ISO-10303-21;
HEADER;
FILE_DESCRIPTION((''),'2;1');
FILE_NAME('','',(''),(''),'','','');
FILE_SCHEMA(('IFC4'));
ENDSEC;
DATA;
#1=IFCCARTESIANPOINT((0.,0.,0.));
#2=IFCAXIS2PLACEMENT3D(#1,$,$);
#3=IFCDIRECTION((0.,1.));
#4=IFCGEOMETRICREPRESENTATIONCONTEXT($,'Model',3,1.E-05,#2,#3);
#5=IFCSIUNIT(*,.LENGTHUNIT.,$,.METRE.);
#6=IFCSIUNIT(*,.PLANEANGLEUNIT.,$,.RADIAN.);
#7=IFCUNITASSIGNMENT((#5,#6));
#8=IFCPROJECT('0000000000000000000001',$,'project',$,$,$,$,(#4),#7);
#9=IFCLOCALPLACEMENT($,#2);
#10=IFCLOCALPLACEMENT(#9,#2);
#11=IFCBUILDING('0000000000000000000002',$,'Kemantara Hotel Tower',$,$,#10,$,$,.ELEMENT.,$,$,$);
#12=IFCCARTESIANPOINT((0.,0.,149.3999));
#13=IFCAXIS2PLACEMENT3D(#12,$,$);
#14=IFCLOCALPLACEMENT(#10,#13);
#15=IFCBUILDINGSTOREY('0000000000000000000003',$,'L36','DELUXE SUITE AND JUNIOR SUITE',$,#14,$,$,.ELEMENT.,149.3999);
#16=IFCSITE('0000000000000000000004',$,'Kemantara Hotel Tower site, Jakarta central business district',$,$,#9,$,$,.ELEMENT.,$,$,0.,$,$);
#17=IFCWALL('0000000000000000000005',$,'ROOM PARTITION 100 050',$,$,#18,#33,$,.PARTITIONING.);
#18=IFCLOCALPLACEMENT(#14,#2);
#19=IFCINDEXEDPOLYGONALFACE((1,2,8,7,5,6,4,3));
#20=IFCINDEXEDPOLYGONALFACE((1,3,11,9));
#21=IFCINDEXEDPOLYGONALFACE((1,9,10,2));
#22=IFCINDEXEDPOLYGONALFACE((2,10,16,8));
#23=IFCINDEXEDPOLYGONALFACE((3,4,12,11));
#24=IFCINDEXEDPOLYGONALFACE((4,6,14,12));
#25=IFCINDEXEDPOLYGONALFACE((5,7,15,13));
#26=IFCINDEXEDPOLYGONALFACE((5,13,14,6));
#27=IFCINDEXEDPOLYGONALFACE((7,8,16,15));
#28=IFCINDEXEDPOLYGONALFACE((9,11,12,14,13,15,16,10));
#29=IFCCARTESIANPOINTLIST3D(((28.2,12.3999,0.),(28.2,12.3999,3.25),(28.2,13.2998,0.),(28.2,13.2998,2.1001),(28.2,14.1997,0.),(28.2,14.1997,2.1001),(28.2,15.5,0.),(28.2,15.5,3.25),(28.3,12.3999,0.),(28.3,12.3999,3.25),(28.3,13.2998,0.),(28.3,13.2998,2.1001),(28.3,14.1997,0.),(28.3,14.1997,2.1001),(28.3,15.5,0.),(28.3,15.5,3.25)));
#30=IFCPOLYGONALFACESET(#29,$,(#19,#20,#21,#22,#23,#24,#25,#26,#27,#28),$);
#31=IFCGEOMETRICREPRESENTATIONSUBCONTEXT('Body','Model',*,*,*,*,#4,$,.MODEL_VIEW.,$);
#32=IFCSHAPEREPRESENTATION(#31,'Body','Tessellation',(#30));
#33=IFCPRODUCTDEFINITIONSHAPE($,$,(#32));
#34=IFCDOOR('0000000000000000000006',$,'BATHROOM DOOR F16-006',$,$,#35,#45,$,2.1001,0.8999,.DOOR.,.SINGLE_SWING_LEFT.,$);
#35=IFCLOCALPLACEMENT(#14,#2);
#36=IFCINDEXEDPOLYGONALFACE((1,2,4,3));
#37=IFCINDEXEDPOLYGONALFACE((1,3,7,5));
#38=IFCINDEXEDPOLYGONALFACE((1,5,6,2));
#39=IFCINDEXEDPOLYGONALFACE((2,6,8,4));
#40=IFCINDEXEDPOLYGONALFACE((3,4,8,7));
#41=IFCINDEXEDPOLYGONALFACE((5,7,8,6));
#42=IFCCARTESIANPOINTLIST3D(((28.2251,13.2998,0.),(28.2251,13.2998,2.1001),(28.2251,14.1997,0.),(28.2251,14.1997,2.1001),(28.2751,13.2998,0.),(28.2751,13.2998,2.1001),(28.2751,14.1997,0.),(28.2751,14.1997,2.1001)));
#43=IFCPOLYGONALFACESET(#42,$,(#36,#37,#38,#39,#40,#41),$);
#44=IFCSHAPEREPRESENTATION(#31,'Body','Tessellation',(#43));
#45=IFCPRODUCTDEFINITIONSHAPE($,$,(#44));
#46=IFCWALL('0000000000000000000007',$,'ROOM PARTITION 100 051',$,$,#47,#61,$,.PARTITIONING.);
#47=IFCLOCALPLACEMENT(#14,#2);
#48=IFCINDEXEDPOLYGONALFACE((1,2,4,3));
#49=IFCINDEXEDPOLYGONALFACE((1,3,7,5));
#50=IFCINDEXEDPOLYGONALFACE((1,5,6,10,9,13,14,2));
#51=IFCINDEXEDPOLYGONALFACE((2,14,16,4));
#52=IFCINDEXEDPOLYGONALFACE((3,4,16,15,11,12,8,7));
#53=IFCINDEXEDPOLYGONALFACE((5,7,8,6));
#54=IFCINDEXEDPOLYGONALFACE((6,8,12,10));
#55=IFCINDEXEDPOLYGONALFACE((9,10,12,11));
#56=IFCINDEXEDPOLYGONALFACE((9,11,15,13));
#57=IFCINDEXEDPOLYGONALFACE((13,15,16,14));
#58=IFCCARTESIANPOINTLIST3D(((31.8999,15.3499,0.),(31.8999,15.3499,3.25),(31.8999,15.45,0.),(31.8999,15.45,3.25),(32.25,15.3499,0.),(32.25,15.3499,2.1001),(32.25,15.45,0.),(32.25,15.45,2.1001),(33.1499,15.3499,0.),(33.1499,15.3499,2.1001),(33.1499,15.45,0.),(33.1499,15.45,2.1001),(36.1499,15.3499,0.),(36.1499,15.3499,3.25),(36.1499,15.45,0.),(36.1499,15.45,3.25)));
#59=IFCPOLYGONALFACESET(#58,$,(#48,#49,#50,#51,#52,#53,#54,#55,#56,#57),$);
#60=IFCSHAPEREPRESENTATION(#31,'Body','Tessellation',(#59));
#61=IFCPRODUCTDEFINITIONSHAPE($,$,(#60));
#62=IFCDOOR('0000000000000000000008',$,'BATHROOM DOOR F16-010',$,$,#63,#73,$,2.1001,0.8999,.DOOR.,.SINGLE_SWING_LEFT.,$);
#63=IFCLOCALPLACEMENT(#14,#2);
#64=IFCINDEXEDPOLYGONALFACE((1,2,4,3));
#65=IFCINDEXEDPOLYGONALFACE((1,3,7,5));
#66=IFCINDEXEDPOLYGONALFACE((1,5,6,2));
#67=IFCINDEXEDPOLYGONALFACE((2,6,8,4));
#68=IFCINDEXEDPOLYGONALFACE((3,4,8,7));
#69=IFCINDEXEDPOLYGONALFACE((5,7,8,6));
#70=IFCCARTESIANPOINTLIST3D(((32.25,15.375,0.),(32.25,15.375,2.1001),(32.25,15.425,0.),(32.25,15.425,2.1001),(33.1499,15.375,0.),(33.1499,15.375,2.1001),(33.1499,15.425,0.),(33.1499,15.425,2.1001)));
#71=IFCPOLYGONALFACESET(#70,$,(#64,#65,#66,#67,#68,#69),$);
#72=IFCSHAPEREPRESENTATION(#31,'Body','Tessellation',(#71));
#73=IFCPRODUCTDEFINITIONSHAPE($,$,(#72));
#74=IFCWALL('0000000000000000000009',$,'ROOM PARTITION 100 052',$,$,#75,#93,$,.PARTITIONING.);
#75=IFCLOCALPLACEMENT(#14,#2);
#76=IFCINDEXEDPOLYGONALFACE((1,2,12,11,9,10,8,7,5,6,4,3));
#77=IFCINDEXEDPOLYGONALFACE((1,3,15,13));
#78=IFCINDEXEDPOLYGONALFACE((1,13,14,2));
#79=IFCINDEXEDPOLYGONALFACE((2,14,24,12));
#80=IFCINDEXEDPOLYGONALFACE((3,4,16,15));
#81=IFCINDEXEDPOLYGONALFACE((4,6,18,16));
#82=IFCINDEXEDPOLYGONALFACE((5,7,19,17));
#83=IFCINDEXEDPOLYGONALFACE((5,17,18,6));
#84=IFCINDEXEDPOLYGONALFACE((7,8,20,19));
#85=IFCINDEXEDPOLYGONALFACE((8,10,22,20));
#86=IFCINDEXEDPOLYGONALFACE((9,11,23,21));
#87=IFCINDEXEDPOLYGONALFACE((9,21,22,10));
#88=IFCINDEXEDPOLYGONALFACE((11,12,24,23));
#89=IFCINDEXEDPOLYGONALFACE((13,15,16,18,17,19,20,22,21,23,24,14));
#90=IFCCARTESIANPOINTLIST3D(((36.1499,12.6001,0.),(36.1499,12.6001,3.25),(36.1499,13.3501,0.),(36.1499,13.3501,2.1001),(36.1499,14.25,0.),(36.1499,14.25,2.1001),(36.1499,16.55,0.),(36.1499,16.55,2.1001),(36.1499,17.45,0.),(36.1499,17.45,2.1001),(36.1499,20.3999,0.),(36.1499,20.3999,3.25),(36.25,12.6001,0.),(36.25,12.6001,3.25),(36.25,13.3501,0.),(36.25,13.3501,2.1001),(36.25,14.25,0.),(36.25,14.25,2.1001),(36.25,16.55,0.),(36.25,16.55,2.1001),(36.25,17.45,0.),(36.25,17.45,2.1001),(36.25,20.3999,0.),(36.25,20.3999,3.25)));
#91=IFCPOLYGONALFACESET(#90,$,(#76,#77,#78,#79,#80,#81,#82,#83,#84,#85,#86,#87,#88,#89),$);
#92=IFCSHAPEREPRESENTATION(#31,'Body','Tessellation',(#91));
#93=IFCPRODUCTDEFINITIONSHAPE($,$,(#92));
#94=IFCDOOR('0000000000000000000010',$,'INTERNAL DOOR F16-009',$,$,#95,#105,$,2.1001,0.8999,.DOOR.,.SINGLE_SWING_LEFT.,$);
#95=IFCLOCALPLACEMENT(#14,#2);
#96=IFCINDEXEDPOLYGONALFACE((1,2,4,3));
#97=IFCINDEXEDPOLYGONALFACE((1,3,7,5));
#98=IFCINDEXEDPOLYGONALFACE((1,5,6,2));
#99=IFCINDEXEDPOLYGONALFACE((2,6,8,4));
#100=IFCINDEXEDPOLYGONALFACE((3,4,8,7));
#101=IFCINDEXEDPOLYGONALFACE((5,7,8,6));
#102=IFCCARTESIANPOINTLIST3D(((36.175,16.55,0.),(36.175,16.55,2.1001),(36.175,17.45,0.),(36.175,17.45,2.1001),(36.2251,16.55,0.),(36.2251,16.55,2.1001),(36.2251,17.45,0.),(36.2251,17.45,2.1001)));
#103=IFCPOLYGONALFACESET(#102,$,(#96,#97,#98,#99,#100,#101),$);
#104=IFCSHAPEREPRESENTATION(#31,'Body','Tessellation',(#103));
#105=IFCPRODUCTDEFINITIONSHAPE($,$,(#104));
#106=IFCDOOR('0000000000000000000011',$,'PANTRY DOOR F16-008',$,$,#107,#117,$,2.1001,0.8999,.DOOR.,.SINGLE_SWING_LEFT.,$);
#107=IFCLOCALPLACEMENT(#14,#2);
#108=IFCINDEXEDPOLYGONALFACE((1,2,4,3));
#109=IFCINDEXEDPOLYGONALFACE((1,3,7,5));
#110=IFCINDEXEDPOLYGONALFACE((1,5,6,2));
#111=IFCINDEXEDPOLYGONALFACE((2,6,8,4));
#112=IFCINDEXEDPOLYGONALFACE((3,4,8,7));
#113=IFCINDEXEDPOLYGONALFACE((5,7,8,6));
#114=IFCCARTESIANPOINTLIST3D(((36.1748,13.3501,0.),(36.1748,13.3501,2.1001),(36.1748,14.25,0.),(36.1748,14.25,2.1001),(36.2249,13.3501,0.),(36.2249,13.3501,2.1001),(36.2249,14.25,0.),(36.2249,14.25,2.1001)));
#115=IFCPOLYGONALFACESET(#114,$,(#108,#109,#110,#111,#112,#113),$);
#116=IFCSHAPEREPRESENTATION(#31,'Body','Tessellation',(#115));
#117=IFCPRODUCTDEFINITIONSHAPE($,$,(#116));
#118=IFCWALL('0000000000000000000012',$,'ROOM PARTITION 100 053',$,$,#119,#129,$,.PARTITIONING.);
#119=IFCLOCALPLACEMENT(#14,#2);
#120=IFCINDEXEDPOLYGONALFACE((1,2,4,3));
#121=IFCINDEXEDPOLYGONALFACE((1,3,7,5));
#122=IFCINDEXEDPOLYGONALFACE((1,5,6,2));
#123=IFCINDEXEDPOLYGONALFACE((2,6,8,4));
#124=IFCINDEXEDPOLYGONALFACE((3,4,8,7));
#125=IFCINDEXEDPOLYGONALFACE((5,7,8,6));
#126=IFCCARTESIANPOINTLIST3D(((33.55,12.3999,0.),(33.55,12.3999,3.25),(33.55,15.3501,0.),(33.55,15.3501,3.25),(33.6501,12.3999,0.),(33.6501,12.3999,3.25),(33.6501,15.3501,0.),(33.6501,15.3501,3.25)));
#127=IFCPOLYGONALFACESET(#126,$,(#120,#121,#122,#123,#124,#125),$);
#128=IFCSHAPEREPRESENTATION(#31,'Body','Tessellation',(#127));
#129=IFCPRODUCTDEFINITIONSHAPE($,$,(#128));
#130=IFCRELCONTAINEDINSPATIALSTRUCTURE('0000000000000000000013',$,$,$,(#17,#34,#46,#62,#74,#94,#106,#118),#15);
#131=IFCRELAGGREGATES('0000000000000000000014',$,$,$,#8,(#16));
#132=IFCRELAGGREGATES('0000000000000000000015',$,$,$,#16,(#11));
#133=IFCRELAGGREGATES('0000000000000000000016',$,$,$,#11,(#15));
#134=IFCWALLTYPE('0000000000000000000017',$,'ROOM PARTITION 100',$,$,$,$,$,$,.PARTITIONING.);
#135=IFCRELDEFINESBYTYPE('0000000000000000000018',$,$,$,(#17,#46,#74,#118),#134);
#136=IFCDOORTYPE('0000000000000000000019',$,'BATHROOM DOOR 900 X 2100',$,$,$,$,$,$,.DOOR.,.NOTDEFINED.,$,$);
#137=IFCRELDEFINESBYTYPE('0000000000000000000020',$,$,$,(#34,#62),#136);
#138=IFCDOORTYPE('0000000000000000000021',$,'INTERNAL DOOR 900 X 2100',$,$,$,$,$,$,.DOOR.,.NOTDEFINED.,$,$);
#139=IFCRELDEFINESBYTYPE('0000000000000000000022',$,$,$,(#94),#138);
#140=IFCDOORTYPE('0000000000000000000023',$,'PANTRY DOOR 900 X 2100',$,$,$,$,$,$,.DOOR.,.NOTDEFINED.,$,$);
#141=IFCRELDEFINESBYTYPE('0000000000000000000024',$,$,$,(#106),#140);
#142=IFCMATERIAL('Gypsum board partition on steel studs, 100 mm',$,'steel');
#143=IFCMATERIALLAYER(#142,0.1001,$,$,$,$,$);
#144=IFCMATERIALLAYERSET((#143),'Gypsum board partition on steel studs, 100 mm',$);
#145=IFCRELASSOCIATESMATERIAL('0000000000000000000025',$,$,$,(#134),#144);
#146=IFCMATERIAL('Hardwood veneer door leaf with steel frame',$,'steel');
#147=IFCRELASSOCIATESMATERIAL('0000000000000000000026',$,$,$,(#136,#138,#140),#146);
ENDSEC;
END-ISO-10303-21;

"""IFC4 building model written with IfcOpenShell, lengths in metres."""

from ifc_helpers import new_model, si_unit, direction, frame, frame_2d, origin, place, context, subcontext, project, spatial, rectangle, extrude, material, layer, layer_set, type_object, element, fill, save


model = new_model("IFC4")

# Units and contexts
model_context = context("Model", 3, precision=1e-05, world=origin(), true_north=direction((0.0, 1.0)))
body_context = subcontext(model_context, "Body", "Model", "MODEL_VIEW")
ifc_project = project(units=[si_unit("LENGTHUNIT", "METRE"), si_unit("PLANEANGLEUNIT", "RADIAN")], contexts=[model_context])

# Site, building, storey
site_placement = place(None, origin())
site = spatial("IfcSite", under=ifc_project, at=site_placement, Name="Kemantara Hotel Tower site, Jakarta central business district", CompositionType="ELEMENT", RefElevation=0.0)
building_placement = place(site_placement, origin())
building = spatial("IfcBuilding", under=site, at=building_placement, Name="Kemantara Hotel Tower", CompositionType="ELEMENT")
storey_placement = place(building_placement, frame((0.0, 0.0, 149.3999)))
storey = spatial("IfcBuildingStorey", under=building, at=storey_placement, Name="L36", Description="DELUXE SUITE AND JUNIOR SUITE", CompositionType="ELEMENT", Elevation=149.3999)

# Shared definitions
ifc_material_1 = material(Name="Hardwood veneer door leaf with steel frame", Category="steel")

# Shared definitions
ifc_material_2 = material(Name="Gypsum board partition on steel studs, 100 mm", Category="steel")
ifc_layer_1 = layer(ifc_material_2, 0.1001)
ifc_layer_set_1 = layer_set([ifc_layer_1], Name="Gypsum board partition on steel studs, 100 mm")
wall_type_1 = type_object("IfcWallType", Name="ROOM PARTITION 100", PredefinedType="PARTITIONING", material=ifc_layer_set_1)

# Walls, openings, doors
wall_1_placement = place(storey_placement, frame((28.25, 12.3999, 0.0), z_axis=(0.0, 0.0, 1.0), x_axis=(0.0, 1.0, 0.0)))
wall_1 = element("IfcWall", 1, at=wall_1_placement, inside=storey, type_object=wall_type_1, Name="ROOM PARTITION 100 050", PredefinedType="PARTITIONING", context=body_context, shape_type="SweptSolid", body=[
    extrude(rectangle(XDim=3.1001, YDim=0.1001, at=frame_2d((1.55, 0.0))), origin(), (0.0, 0.0, 1.0), 3.25),
])
opening_1_placement = place(wall_1_placement, frame((0.8999, 0.0, 0.0)))
opening_1 = element("IfcOpeningElement", 2, at=opening_1_placement, cuts=wall_1, PredefinedType="OPENING", context=body_context, shape_type="SweptSolid", body=[
    extrude(rectangle(XDim=0.8999, YDim=2.1001, at=frame_2d((0.45, 1.05))), frame((0.0, 0.0601, 0.0), z_axis=(0.0, -1.0, 0.0), x_axis=(1.0, 0.0, 0.0)), (0.0, 0.0, 1.0), 0.1201),
])
door_type_1 = type_object("IfcDoorType", Name="BATHROOM DOOR 900 X 2100", OperationType="NOTDEFINED", PredefinedType="DOOR", material=ifc_material_1)
door_1_placement = place(opening_1_placement, origin())
door_1 = element("IfcDoor", 3, at=door_1_placement, inside=storey, type_object=door_type_1, Name="BATHROOM DOOR F16-006", OperationType="SINGLE_SWING_LEFT", OverallHeight=2.1001, OverallWidth=0.8999, PredefinedType="DOOR", context=body_context, shape_type="SweptSolid", body=[
    extrude(rectangle(XDim=0.8999, YDim=2.1001, at=frame_2d((0.45, 1.05))), frame((0.0, 0.0249, 0.0), z_axis=(0.0, -1.0, 0.0), x_axis=(1.0, 0.0, 0.0)), (0.0, 0.0, 1.0), 0.05),
])
fill(opening_1, door_1)
wall_2_placement = place(storey_placement, frame((36.1499, 15.3999, 0.0), z_axis=(0.0, 0.0, 1.0), x_axis=(-1.0, 0.0, 0.0)))
wall_2 = element("IfcWall", 4, at=wall_2_placement, inside=storey, type_object=wall_type_1, Name="ROOM PARTITION 100 051", PredefinedType="PARTITIONING", context=body_context, shape_type="SweptSolid", body=[
    extrude(rectangle(XDim=4.25, YDim=0.1001, at=frame_2d((2.125, 0.0))), origin(), (0.0, 0.0, 1.0), 3.25),
])
opening_2_placement = place(wall_2_placement, frame((3.0, 0.0, 0.0)))
opening_2 = element("IfcOpeningElement", 5, at=opening_2_placement, cuts=wall_2, PredefinedType="OPENING", context=body_context, shape_type="SweptSolid", body=[
    extrude(rectangle(XDim=0.8999, YDim=2.1001, at=frame_2d((0.45, 1.05))), frame((0.0, 0.0601, 0.0), z_axis=(0.0, -1.0, 0.0), x_axis=(1.0, 0.0, 0.0)), (0.0, 0.0, 1.0), 0.1201),
])
door_2_placement = place(opening_2_placement, origin())
door_2 = element("IfcDoor", 6, at=door_2_placement, inside=storey, type_object=door_type_1, Name="BATHROOM DOOR F16-010", OperationType="SINGLE_SWING_LEFT", OverallHeight=2.1001, OverallWidth=0.8999, PredefinedType="DOOR", context=body_context, shape_type="SweptSolid", body=[
    extrude(rectangle(XDim=0.8999, YDim=2.1001, at=frame_2d((0.45, 1.05))), frame((0.0, 0.0249, 0.0), z_axis=(0.0, -1.0, 0.0), x_axis=(1.0, 0.0, 0.0)), (0.0, 0.0, 1.0), 0.05),
])
fill(opening_2, door_2)

# Wall, openings, doors
wall_3_placement = place(storey_placement, frame((36.2, 12.6001, 0.0), z_axis=(0.0, 0.0, 1.0), x_axis=(0.0, 1.0, 0.0)))
wall_3 = element("IfcWall", 7, at=wall_3_placement, inside=storey, type_object=wall_type_1, Name="ROOM PARTITION 100 052", PredefinedType="PARTITIONING", context=body_context, shape_type="SweptSolid", body=[
    extrude(rectangle(XDim=7.7998, YDim=0.1001, at=frame_2d((3.8999, 0.0))), origin(), (0.0, 0.0, 1.0), 3.25),
])
opening_3_placement = place(wall_3_placement, frame((0.75, 0.0, 0.0)))
opening_3 = element("IfcOpeningElement", 8, at=opening_3_placement, cuts=wall_3, PredefinedType="OPENING", context=body_context, shape_type="SweptSolid", body=[
    extrude(rectangle(XDim=0.8999, YDim=2.1001, at=frame_2d((0.45, 1.05))), frame((0.0, 0.0601, 0.0), z_axis=(0.0, -1.0, 0.0), x_axis=(1.0, 0.0, 0.0)), (0.0, 0.0, 1.0), 0.1201),
])
opening_4_placement = place(wall_3_placement, frame((3.95, 0.0, 0.0)))
opening_4 = element("IfcOpeningElement", 9, at=opening_4_placement, cuts=wall_3, PredefinedType="OPENING", context=body_context, shape_type="SweptSolid", body=[
    extrude(rectangle(XDim=0.8999, YDim=2.1001, at=frame_2d((0.45, 1.05))), frame((0.0, 0.0601, 0.0), z_axis=(0.0, -1.0, 0.0), x_axis=(1.0, 0.0, 0.0)), (0.0, 0.0, 1.0), 0.1201),
])
door_type_2 = type_object("IfcDoorType", Name="INTERNAL DOOR 900 X 2100", OperationType="NOTDEFINED", PredefinedType="DOOR", material=ifc_material_1)
door_3_placement = place(opening_4_placement, origin())
door_3 = element("IfcDoor", 10, at=door_3_placement, inside=storey, type_object=door_type_2, Name="INTERNAL DOOR F16-009", OperationType="SINGLE_SWING_LEFT", OverallHeight=2.1001, OverallWidth=0.8999, PredefinedType="DOOR", context=body_context, shape_type="SweptSolid", body=[
    extrude(rectangle(XDim=0.8999, YDim=2.1001, at=frame_2d((0.45, 1.05))), frame((0.0, 0.0249, 0.0), z_axis=(0.0, -1.0, 0.0), x_axis=(1.0, 0.0, 0.0)), (0.0, 0.0, 1.0), 0.05),
])
fill(opening_4, door_3)
door_type_3 = type_object("IfcDoorType", Name="PANTRY DOOR 900 X 2100", OperationType="NOTDEFINED", PredefinedType="DOOR", material=ifc_material_1)
door_4_placement = place(opening_3_placement, frame((0.8999, 0.0, 0.0), z_axis=(0.0, 0.0, 1.0), x_axis=(-1.0, 0.0, 0.0)))
door_4 = element("IfcDoor", 11, at=door_4_placement, inside=storey, type_object=door_type_3, Name="PANTRY DOOR F16-008", OperationType="SINGLE_SWING_LEFT", OverallHeight=2.1001, OverallWidth=0.8999, PredefinedType="DOOR", context=body_context, shape_type="SweptSolid", body=[
    extrude(rectangle(XDim=0.8999, YDim=2.1001, at=frame_2d((0.45, 1.05))), frame((0.0, 0.0249, 0.0), z_axis=(0.0, -1.0, 0.0), x_axis=(1.0, 0.0, 0.0)), (0.0, 0.0, 1.0), 0.05),
])
fill(opening_3, door_4)

# Wall
wall_4_placement = place(storey_placement, frame((33.6001, 12.3999, 0.0), z_axis=(0.0, 0.0, 1.0), x_axis=(0.0, 1.0, 0.0)))
element("IfcWall", 12, at=wall_4_placement, inside=storey, type_object=wall_type_1, Name="ROOM PARTITION 100 053", PredefinedType="PARTITIONING", context=body_context, shape_type="SweptSolid", body=[
    extrude(rectangle(XDim=2.9502, YDim=0.1001, at=frame_2d((1.4751, 0.0))), origin(), (0.0, 0.0, 1.0), 3.25),
])

save(model, "model.ifc")
